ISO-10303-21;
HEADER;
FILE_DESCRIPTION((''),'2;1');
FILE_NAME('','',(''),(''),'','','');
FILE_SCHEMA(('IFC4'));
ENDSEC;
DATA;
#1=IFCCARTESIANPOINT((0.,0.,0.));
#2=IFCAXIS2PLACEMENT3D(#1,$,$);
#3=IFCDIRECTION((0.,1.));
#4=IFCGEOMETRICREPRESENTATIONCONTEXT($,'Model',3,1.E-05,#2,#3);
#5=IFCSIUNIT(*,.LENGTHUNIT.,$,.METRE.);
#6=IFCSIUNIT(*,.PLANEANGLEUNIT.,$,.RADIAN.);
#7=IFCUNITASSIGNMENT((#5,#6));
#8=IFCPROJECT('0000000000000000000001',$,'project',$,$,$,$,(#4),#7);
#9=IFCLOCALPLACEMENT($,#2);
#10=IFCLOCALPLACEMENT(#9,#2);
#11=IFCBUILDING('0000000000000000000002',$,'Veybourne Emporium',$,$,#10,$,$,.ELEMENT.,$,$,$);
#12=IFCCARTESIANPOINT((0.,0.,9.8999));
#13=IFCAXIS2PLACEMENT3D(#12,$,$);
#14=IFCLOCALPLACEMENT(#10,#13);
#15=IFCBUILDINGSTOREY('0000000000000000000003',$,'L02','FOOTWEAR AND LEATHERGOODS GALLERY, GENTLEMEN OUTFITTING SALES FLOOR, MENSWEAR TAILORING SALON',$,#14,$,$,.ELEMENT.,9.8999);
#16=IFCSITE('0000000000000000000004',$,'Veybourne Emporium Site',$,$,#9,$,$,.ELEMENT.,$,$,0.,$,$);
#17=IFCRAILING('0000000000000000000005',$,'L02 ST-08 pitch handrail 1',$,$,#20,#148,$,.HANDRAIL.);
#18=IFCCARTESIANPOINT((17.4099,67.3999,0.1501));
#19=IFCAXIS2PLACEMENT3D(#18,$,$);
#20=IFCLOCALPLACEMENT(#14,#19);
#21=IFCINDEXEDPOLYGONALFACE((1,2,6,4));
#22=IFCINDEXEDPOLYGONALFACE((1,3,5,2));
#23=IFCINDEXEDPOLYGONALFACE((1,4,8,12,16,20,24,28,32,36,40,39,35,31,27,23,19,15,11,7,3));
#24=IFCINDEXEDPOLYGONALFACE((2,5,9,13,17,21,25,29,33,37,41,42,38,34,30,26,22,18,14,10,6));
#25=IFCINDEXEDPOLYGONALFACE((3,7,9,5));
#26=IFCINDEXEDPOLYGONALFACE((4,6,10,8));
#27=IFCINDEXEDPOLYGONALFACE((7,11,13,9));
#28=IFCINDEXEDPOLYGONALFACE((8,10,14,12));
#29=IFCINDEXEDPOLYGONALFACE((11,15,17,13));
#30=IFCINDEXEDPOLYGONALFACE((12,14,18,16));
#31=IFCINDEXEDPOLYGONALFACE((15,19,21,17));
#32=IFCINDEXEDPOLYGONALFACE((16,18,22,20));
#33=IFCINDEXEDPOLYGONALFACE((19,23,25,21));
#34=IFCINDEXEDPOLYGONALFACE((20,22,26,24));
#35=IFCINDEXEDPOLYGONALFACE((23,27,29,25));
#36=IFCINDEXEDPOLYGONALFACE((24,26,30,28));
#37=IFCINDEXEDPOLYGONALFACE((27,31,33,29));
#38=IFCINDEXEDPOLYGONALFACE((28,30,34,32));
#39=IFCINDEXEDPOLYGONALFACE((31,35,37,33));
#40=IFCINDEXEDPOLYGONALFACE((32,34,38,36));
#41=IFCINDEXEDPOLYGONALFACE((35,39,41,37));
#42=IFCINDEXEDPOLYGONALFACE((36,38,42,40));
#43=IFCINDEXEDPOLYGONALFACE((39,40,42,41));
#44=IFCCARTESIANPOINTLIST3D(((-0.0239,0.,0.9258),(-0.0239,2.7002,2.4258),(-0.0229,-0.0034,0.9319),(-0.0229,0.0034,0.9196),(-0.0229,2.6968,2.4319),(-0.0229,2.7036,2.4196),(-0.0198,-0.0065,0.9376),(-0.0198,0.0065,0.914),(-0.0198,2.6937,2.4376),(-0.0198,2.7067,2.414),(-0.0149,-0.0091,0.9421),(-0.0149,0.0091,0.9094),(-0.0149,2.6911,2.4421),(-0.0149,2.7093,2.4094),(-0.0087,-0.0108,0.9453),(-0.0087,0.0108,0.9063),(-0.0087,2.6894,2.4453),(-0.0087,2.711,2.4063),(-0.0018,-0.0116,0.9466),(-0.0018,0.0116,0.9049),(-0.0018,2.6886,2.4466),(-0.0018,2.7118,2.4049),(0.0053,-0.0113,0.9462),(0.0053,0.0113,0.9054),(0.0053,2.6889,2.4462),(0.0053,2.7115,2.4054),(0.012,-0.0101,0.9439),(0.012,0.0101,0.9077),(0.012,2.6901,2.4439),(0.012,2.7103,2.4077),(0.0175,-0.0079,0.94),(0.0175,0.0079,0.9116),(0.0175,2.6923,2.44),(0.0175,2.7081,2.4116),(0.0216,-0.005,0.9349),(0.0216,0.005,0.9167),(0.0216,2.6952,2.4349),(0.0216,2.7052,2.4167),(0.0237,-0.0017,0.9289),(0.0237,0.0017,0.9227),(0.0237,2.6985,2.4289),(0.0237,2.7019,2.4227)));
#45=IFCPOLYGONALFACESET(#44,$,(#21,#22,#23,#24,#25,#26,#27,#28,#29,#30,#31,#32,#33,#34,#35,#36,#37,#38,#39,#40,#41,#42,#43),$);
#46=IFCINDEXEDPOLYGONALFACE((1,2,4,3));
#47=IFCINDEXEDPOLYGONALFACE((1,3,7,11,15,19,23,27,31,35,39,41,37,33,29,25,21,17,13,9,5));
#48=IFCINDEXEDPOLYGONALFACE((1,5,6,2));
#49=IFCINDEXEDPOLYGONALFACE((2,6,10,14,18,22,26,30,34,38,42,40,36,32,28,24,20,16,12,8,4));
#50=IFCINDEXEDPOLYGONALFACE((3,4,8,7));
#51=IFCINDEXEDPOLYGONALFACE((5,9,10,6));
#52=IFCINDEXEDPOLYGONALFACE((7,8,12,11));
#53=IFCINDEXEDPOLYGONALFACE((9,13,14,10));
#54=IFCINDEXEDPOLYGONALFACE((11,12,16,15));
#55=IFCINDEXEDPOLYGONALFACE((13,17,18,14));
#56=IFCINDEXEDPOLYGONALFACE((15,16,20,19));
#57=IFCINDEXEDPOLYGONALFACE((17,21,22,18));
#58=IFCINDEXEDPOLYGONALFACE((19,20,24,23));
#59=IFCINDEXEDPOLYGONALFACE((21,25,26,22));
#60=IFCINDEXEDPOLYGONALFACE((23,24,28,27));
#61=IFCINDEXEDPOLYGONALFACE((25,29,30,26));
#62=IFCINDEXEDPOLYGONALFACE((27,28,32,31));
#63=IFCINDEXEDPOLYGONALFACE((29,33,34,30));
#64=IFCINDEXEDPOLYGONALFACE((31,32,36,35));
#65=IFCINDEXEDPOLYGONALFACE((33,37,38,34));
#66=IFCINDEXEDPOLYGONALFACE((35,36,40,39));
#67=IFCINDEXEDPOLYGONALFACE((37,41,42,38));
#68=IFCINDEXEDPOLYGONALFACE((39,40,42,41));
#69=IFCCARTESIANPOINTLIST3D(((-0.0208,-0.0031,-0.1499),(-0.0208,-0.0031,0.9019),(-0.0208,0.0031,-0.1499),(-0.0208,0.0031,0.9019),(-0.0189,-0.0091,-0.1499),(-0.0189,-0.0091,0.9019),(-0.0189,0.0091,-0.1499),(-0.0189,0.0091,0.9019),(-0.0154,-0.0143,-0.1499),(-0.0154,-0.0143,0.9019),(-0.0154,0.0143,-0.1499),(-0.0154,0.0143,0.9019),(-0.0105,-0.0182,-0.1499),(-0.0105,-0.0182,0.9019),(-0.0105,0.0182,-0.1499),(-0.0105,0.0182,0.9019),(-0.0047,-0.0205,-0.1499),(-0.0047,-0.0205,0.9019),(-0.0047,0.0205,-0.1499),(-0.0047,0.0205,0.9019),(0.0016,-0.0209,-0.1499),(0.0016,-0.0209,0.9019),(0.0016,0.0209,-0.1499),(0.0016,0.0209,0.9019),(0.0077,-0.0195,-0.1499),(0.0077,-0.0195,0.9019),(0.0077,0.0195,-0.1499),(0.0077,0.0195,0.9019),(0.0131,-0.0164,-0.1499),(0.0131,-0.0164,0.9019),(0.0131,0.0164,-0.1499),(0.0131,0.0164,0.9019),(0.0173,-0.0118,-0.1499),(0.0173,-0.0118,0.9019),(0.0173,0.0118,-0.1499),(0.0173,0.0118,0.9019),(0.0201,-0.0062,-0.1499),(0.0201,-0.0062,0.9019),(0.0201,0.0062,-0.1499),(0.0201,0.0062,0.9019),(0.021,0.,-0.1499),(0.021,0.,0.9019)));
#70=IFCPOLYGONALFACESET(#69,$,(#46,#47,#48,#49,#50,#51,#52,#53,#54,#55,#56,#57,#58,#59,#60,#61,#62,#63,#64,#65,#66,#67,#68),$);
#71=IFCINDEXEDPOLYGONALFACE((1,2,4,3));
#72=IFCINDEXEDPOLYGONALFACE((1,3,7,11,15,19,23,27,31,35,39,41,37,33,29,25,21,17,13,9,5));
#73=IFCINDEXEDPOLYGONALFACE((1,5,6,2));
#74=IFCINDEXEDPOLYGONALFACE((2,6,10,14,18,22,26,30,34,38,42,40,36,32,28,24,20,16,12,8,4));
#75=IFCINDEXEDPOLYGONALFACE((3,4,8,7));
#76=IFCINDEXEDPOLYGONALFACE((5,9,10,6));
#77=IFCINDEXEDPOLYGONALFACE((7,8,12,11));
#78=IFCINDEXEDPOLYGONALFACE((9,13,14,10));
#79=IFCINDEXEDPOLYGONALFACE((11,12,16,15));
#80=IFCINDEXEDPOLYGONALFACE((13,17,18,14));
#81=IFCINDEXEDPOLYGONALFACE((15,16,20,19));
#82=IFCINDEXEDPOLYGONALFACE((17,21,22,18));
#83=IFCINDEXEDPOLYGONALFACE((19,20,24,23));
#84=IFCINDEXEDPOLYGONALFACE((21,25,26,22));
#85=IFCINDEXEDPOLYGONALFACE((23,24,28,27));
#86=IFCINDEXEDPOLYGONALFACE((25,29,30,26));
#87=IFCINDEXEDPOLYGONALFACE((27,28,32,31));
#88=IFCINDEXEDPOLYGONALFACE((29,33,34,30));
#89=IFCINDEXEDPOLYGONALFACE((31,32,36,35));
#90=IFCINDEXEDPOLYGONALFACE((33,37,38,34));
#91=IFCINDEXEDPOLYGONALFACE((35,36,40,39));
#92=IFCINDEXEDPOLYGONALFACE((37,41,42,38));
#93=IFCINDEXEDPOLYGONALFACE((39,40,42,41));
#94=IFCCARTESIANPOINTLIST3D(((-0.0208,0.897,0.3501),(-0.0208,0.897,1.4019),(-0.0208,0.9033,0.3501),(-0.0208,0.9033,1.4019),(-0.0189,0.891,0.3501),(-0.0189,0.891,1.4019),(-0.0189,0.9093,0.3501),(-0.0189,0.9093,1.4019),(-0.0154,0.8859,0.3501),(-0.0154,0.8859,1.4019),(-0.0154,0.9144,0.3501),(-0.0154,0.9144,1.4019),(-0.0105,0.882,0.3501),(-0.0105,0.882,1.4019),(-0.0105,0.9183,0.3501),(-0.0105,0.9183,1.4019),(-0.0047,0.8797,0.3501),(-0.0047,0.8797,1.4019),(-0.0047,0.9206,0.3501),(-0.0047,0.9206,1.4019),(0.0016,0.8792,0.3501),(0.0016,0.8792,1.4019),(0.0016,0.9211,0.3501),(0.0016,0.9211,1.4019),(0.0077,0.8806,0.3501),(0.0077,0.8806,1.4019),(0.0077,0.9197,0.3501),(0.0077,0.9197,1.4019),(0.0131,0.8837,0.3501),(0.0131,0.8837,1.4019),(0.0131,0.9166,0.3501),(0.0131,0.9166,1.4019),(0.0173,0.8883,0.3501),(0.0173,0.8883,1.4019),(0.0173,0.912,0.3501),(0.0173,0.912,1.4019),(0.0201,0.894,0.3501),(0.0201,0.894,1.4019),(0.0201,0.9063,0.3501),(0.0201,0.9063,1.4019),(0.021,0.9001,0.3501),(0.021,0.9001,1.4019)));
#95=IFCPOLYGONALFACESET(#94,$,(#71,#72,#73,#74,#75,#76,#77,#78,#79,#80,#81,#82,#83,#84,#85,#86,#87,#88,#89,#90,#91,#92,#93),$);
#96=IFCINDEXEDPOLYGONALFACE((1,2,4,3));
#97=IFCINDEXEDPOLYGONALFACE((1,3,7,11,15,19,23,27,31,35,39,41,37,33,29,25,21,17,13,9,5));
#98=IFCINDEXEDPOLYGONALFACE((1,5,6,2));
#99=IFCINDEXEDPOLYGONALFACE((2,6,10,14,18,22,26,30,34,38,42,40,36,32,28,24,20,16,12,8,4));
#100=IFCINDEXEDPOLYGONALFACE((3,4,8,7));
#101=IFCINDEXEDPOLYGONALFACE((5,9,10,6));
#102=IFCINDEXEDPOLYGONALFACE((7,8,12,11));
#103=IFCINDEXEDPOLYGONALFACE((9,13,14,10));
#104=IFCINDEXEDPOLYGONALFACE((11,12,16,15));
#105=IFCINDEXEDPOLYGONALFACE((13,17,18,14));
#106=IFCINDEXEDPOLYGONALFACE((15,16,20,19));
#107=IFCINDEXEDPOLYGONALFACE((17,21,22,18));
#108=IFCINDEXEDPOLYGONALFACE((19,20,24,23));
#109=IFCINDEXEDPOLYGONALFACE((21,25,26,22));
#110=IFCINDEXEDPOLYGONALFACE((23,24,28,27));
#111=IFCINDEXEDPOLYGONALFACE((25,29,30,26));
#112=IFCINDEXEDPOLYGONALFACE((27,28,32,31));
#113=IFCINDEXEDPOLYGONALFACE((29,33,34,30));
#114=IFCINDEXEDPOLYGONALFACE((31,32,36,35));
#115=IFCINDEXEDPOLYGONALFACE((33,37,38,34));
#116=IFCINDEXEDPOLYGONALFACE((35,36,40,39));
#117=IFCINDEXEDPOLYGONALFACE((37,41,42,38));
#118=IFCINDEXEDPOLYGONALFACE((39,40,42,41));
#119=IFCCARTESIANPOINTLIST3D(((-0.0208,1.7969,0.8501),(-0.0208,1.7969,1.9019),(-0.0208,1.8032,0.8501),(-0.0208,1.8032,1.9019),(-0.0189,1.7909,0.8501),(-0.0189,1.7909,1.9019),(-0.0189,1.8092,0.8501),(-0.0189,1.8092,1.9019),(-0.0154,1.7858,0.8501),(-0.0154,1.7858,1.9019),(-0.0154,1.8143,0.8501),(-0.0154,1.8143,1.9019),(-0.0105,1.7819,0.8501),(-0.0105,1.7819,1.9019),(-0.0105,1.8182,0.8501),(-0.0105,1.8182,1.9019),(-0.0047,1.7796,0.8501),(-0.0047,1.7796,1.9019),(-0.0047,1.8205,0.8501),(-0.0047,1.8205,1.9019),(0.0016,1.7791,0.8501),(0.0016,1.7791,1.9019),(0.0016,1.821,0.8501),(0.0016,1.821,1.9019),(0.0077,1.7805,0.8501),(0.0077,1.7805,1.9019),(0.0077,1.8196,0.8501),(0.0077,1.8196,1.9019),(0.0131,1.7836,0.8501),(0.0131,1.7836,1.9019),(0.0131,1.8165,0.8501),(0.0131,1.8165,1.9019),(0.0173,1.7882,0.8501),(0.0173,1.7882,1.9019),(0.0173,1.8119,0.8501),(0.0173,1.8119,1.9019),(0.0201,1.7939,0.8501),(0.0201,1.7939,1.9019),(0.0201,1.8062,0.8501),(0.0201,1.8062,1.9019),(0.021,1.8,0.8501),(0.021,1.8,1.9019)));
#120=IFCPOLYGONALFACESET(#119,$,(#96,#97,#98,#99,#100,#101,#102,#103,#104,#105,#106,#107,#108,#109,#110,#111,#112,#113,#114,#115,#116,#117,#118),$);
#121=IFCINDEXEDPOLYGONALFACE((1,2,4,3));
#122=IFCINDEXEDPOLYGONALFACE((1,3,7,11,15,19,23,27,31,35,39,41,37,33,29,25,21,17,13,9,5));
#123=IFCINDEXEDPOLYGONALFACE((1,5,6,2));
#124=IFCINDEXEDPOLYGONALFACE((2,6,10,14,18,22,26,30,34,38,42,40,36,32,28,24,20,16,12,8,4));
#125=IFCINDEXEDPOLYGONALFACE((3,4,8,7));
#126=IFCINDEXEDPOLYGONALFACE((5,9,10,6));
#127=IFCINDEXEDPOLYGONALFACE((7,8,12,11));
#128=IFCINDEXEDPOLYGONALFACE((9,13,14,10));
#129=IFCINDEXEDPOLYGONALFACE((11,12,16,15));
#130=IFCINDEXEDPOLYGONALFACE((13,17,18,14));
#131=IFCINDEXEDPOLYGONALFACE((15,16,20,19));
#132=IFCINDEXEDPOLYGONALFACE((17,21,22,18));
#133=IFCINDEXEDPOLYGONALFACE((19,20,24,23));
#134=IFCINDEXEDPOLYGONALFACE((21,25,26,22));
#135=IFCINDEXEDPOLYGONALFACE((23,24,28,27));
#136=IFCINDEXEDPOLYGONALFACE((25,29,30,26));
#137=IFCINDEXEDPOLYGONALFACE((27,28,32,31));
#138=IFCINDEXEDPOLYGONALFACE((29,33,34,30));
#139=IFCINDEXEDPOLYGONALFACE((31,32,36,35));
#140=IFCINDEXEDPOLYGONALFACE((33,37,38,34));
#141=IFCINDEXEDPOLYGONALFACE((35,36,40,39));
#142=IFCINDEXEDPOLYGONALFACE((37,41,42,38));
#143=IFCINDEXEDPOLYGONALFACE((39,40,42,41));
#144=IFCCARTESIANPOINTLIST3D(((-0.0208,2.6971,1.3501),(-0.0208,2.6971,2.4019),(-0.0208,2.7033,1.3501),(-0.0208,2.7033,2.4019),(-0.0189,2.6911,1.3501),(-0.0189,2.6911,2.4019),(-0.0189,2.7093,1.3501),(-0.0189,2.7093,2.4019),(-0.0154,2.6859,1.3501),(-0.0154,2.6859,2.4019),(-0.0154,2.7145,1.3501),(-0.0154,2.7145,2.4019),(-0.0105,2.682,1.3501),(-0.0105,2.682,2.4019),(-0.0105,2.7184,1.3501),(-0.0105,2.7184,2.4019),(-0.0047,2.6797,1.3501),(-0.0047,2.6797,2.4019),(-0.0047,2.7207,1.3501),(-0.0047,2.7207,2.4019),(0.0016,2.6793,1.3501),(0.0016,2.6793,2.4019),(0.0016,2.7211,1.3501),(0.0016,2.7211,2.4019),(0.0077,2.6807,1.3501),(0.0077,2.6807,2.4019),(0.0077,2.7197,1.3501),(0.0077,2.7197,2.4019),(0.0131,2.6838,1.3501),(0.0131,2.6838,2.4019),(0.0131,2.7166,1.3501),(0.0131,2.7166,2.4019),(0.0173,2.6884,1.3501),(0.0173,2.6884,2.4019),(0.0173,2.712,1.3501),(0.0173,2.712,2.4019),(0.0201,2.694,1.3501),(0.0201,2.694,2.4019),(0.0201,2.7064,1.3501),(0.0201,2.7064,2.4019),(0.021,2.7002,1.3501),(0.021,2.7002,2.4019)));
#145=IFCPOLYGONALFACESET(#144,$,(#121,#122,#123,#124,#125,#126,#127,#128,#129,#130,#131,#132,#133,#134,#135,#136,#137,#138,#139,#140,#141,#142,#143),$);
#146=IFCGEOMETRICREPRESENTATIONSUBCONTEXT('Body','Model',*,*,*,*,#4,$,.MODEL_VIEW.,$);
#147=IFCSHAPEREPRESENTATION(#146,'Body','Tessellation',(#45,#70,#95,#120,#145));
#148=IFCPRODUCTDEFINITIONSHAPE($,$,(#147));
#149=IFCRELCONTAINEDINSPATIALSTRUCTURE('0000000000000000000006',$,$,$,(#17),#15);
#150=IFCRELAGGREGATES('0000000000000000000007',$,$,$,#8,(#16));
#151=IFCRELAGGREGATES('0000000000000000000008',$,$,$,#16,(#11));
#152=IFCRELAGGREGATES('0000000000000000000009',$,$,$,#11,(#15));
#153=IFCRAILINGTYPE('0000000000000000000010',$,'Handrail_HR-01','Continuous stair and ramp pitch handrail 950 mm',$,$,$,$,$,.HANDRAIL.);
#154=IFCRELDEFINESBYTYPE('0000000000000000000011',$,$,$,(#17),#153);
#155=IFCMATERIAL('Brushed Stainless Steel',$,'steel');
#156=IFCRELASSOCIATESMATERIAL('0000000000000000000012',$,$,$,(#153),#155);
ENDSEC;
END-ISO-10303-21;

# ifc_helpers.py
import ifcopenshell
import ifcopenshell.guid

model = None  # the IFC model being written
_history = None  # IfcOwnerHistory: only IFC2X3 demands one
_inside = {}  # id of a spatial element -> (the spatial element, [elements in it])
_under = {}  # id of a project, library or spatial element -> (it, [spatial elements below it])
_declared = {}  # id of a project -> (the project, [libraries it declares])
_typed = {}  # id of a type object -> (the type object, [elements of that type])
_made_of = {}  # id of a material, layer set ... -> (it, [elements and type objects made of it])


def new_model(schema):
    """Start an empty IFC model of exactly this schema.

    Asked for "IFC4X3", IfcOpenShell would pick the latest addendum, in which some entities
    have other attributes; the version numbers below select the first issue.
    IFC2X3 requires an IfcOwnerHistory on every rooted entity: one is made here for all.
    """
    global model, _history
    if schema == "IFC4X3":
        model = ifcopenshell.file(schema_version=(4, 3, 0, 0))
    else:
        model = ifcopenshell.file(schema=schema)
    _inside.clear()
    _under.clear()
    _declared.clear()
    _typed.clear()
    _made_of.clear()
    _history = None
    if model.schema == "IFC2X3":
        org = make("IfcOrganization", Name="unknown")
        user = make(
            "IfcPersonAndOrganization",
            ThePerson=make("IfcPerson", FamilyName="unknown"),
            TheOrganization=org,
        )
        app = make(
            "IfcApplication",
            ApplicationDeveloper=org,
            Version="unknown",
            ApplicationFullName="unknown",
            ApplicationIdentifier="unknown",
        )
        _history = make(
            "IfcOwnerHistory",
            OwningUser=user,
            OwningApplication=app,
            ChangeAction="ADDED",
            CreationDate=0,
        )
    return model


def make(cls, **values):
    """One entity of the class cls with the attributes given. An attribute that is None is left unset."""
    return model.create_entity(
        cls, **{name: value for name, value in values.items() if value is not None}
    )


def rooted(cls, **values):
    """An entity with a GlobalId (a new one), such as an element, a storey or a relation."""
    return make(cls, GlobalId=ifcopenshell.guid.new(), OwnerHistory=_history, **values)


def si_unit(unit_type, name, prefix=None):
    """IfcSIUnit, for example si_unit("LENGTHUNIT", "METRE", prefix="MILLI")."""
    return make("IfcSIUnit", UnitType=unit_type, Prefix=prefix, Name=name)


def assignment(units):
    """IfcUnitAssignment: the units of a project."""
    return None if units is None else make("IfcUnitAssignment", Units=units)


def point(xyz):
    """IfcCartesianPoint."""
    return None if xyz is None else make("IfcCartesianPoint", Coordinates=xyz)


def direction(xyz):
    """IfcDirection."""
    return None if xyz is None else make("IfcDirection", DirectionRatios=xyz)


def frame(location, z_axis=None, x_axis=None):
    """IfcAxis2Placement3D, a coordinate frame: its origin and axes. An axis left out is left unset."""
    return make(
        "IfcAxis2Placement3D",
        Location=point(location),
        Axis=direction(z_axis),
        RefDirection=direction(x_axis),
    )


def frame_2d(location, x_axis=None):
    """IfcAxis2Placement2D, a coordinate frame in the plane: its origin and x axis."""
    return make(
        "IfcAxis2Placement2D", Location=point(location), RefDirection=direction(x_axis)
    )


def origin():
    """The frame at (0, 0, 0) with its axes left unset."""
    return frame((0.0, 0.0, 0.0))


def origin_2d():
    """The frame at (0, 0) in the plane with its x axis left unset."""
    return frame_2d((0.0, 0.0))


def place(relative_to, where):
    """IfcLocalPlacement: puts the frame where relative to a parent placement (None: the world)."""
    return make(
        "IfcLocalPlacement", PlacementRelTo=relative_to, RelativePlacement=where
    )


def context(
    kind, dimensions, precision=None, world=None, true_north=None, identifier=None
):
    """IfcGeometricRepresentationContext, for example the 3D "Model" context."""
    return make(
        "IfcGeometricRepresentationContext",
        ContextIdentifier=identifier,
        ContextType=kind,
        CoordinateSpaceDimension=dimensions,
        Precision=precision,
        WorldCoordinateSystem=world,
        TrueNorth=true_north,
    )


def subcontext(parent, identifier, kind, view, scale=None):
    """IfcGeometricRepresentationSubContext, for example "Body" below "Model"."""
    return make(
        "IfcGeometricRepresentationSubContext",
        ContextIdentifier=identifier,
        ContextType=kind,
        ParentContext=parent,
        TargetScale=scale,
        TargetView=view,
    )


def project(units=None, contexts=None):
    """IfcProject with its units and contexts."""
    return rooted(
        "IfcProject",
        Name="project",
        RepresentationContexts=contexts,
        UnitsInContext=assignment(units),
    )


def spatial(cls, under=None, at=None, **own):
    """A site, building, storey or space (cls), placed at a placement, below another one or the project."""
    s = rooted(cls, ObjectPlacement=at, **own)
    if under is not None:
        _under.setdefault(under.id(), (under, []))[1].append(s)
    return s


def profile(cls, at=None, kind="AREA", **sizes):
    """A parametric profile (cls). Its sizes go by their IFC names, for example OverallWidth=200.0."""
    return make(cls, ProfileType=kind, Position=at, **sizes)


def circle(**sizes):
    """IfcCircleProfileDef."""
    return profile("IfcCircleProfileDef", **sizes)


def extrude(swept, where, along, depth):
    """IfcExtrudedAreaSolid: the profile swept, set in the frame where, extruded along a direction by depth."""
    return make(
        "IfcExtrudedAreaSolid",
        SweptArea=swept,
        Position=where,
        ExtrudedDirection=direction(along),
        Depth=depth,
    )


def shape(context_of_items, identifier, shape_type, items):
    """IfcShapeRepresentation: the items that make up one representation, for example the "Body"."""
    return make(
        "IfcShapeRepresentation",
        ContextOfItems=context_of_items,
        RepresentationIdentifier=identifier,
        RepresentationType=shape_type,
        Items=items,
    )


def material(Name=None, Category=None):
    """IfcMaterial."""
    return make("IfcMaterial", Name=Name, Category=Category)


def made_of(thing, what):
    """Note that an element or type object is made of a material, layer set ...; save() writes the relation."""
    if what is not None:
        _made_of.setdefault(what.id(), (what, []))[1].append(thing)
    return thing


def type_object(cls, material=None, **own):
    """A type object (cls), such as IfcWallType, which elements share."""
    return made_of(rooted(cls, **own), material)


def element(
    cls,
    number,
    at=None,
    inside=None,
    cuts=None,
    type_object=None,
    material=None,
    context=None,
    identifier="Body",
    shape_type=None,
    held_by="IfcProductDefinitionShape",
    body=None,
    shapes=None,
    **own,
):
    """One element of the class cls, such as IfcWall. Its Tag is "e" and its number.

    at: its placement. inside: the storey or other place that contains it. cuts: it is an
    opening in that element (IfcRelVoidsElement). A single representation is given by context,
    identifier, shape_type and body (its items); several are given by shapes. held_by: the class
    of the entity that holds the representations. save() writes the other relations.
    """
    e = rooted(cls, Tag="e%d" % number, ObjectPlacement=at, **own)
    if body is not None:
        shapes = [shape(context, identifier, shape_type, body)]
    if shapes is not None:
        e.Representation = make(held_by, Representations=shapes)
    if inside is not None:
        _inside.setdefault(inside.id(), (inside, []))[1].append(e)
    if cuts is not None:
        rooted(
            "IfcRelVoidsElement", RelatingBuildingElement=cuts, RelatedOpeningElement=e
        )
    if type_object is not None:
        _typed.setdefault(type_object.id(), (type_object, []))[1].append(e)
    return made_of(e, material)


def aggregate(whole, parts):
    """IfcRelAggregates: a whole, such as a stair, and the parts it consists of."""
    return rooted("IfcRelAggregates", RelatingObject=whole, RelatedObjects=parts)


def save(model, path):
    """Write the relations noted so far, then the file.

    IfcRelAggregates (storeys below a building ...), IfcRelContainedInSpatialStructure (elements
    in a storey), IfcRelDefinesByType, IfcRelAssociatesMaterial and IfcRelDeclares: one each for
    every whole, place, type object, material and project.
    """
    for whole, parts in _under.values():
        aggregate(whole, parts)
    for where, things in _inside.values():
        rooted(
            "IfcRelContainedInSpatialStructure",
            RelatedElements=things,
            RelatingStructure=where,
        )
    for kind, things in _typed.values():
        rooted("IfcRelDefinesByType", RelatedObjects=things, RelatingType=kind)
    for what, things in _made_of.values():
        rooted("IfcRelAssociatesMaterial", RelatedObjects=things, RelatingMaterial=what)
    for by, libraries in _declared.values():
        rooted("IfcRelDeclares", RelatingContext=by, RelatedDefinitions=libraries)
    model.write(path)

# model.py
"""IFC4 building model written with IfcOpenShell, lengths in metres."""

from ifc_helpers import new_model, si_unit, direction, frame, origin, origin_2d, place, context, subcontext, project, spatial, circle, extrude, material, type_object, element, save


model = new_model("IFC4")

# Units and contexts
model_context = context("Model", 3, precision=1e-05, world=origin(), true_north=direction((0.0, 1.0)))
body_context = subcontext(model_context, "Body", "Model", "MODEL_VIEW")
ifc_project = project(units=[si_unit("LENGTHUNIT", "METRE"), si_unit("PLANEANGLEUNIT", "RADIAN")], contexts=[model_context])

# Site, building, storey
site_placement = place(None, origin())
site = spatial("IfcSite", under=ifc_project, at=site_placement, Name="Veybourne Emporium Site", CompositionType="ELEMENT", RefElevation=0.0)
building_placement = place(site_placement, origin())
building = spatial("IfcBuilding", under=site, at=building_placement, Name="Veybourne Emporium", CompositionType="ELEMENT")
storey_placement = place(building_placement, frame((0.0, 0.0, 9.8999)))
storey = spatial("IfcBuildingStorey", under=building, at=storey_placement, Name="L02", Description="FOOTWEAR AND LEATHERGOODS GALLERY, GENTLEMEN OUTFITTING SALES FLOOR, MENSWEAR TAILORING SALON", CompositionType="ELEMENT", Elevation=9.8999)

# Railing
ifc_material_1 = material(Name="Brushed Stainless Steel", Category="steel")
railing_type_1 = type_object("IfcRailingType", Name="Handrail_HR-01", Description="Continuous stair and ramp pitch handrail 950 mm", PredefinedType="HANDRAIL", material=ifc_material_1)
railing_1_placement = place(storey_placement, frame((17.4099, 67.3999, 0.1501)))
element("IfcRailing", 1, at=railing_1_placement, inside=storey, type_object=railing_type_1, Name="L02 ST-08 pitch handrail 1", PredefinedType="HANDRAIL", context=body_context, shape_type="SweptSolid", body=[
    extrude(circle(Radius=0.0239, at=origin_2d()), frame((0.0, 0.0, 0.9258), z_axis=(0.0, 0.874172, 0.485616), x_axis=(-1.0, 0.0, 0.0)), (0.0, 0.0, 1.0), 3.0889),
    extrude(circle(Radius=0.021, at=origin_2d()), frame((0.0, 0.0, -0.1499)), (0.0, 0.0, 1.0), 1.0518),
    extrude(circle(Radius=0.021, at=origin_2d()), frame((0.0, 0.9001, 0.3501)), (0.0, 0.0, 1.0), 1.0518),
    extrude(circle(Radius=0.021, at=origin_2d()), frame((0.0, 1.8, 0.8501)), (0.0, 0.0, 1.0), 1.0518),
    extrude(circle(Radius=0.021, at=origin_2d()), frame((0.0, 2.7002, 1.3501)), (0.0, 0.0, 1.0), 1.0518),
])

save(model, "model.ifc")
